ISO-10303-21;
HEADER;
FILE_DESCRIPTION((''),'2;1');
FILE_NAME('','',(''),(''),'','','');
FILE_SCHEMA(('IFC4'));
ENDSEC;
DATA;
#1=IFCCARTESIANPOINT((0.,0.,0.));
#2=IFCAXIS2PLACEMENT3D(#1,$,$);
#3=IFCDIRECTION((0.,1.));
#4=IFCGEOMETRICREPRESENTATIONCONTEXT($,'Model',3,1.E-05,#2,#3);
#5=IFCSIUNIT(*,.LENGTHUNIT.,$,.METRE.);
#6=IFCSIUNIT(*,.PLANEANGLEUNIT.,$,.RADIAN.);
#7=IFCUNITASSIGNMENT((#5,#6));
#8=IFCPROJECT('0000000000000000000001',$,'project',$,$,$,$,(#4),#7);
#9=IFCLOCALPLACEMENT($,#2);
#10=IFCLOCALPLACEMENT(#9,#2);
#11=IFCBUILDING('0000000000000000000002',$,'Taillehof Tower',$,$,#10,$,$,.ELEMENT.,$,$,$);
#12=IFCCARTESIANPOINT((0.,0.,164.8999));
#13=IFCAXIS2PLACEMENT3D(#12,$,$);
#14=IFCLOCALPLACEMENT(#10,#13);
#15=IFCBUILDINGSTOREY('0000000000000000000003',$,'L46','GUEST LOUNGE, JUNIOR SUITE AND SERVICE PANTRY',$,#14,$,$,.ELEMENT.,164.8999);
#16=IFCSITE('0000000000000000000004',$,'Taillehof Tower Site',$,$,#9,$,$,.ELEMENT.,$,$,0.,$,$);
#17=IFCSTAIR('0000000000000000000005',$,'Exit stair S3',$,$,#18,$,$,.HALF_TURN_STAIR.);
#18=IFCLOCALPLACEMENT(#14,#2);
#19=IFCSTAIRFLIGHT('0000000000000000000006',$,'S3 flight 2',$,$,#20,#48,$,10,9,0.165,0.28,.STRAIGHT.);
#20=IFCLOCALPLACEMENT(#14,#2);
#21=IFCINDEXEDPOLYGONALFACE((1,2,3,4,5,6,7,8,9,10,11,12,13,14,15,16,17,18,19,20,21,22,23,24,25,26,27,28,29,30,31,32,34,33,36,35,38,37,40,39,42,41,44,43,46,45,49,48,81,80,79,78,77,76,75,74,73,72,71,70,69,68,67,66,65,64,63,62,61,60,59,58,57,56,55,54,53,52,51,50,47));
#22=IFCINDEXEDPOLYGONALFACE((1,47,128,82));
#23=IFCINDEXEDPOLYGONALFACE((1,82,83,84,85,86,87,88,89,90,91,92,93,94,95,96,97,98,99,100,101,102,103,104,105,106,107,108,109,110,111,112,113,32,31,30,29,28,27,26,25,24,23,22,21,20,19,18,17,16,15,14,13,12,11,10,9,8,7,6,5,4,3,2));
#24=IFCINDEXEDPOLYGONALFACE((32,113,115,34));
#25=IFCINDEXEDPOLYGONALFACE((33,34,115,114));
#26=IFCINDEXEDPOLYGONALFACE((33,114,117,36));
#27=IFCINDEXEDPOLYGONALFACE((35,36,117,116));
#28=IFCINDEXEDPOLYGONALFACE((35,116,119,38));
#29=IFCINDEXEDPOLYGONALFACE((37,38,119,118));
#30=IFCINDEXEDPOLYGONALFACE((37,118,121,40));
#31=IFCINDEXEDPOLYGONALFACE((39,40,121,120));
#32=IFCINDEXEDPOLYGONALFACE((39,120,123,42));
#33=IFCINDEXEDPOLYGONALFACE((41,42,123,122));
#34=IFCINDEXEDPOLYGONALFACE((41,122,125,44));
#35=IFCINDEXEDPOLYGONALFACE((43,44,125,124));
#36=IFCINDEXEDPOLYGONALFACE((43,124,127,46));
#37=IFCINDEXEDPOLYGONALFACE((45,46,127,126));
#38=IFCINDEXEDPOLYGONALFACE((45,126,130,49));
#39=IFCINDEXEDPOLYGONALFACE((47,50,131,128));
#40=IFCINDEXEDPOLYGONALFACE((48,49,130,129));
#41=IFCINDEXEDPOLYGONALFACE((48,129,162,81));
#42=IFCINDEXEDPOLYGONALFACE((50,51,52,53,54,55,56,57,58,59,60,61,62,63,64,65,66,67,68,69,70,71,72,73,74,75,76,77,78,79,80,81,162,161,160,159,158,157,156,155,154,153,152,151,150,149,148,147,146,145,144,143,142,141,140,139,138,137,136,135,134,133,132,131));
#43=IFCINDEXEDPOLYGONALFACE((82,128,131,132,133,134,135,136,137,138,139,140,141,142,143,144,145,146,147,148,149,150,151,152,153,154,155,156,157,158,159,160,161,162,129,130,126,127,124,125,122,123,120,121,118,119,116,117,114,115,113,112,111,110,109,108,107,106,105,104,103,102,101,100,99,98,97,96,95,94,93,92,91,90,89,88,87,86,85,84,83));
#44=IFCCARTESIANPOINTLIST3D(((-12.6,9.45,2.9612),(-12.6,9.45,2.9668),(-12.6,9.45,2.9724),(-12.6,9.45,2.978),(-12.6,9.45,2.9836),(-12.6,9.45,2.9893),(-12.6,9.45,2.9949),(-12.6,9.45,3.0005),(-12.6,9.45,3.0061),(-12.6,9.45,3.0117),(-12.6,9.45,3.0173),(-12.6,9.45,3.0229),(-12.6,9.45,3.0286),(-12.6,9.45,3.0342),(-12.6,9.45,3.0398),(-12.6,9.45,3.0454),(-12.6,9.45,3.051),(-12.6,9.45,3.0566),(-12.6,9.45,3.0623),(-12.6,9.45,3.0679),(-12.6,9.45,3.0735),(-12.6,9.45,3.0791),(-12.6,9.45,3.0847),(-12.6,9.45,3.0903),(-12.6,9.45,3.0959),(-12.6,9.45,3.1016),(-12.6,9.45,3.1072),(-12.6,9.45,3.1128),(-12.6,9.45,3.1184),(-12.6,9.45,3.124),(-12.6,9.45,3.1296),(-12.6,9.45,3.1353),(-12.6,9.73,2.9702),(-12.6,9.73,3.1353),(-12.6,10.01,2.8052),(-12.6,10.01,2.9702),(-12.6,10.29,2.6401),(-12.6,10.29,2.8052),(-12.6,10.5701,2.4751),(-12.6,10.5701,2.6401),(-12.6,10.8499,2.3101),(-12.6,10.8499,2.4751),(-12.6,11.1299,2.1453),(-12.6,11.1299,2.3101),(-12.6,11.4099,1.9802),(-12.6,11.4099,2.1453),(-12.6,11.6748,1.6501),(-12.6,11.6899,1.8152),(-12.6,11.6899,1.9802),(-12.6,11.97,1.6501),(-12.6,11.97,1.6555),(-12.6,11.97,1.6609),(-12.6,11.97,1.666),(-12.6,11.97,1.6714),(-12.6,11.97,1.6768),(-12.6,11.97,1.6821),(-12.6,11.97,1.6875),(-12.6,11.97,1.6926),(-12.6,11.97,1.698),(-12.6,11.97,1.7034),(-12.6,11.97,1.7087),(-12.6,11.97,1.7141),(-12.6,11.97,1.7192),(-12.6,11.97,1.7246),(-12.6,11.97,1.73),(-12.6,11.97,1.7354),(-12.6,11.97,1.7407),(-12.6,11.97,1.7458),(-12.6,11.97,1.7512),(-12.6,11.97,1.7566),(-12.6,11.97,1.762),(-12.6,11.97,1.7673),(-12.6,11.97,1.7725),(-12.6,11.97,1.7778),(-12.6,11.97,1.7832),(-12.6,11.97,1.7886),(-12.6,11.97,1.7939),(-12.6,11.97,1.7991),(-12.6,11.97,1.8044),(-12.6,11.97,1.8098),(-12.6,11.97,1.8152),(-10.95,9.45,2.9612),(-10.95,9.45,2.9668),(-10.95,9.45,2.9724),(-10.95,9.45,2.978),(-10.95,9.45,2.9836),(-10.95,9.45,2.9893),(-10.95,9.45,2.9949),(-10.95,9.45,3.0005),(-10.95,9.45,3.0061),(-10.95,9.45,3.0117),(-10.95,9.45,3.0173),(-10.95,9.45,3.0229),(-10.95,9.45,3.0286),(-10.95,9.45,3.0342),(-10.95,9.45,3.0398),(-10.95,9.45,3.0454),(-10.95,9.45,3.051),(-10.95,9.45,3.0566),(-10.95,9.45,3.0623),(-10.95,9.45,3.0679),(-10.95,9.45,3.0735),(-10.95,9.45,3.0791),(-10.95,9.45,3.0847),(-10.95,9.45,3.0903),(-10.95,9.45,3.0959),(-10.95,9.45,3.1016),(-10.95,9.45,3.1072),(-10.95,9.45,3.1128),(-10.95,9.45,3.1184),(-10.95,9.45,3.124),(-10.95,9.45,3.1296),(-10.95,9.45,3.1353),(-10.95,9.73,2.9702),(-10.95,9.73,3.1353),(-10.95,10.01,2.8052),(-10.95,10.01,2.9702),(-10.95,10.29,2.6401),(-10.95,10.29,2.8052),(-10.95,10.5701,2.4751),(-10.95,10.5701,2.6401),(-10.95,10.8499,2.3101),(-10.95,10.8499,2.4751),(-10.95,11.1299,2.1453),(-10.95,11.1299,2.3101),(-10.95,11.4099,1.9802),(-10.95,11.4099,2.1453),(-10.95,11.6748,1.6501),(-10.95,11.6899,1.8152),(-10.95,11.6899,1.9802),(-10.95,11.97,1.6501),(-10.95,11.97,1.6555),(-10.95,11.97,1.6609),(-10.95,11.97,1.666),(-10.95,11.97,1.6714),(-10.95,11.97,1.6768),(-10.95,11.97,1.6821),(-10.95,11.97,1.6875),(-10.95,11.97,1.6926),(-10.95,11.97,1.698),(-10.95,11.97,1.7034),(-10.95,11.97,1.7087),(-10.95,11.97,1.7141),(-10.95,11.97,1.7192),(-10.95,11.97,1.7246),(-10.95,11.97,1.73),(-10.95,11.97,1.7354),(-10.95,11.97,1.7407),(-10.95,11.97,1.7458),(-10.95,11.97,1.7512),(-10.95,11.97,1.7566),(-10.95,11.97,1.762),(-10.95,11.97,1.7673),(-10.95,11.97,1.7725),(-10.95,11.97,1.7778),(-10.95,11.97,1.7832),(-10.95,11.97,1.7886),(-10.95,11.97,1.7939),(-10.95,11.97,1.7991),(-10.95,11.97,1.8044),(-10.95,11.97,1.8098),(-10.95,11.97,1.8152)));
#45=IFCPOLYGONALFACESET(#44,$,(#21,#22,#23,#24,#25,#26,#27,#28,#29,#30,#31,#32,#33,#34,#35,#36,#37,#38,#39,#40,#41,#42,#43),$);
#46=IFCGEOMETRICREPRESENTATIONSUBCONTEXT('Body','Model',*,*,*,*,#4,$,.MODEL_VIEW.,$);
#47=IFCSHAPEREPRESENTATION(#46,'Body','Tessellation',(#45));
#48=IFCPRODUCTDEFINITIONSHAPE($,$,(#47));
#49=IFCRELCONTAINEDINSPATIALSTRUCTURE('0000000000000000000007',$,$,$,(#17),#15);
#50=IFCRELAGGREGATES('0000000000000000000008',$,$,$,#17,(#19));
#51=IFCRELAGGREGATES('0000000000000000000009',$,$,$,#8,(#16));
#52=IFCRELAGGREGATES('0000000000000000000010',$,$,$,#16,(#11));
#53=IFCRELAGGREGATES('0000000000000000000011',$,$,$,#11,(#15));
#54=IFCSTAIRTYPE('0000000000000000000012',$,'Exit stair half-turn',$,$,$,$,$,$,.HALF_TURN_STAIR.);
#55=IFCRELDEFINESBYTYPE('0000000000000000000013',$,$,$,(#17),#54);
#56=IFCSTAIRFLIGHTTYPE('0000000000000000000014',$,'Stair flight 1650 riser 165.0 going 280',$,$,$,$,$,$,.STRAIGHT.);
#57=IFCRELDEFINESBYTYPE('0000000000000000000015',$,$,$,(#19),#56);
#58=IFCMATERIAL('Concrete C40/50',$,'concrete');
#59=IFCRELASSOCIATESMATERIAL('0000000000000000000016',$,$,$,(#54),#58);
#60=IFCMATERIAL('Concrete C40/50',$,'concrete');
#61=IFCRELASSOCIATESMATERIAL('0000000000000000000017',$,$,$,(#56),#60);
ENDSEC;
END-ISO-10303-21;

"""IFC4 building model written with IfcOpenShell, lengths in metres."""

from ifc_helpers import new_model, si_unit, direction, frame, origin, place, context, subcontext, project, spatial, polyline, outline, extrude, material, type_object, element, aggregate, save


model = new_model("IFC4")

# Units and contexts
model_context = context("Model", 3, precision=1e-05, world=origin(), true_north=direction((0.0, 1.0)))
body_context = subcontext(model_context, "Body", "Model", "MODEL_VIEW")
ifc_project = project(units=[si_unit("LENGTHUNIT", "METRE"), si_unit("PLANEANGLEUNIT", "RADIAN")], contexts=[model_context])

# Site, building, storey
site_placement = place(None, origin())
site = spatial("IfcSite", under=ifc_project, at=site_placement, Name="Taillehof Tower Site", CompositionType="ELEMENT", RefElevation=0.0)
building_placement = place(site_placement, origin())
building = spatial("IfcBuilding", under=site, at=building_placement, Name="Taillehof Tower", CompositionType="ELEMENT")
storey_placement = place(building_placement, frame((0.0, 0.0, 164.8999)))
storey = spatial("IfcBuildingStorey", under=building, at=storey_placement, Name="L46", Description="GUEST LOUNGE, JUNIOR SUITE AND SERVICE PANTRY", CompositionType="ELEMENT", Elevation=164.8999)

# Stair, stair flight
ifc_material_1 = material(Name="Concrete C40/50", Category="concrete")
stair_type = type_object("IfcStairType", Name="Exit stair half-turn", PredefinedType="HALF_TURN_STAIR", material=ifc_material_1)
stair_placement = place(storey_placement, origin())
stair = element("IfcStair", 1, at=stair_placement, inside=storey, type_object=stair_type, Name="Exit stair S3", PredefinedType="HALF_TURN_STAIR")
ifc_material_2 = material(Name="Concrete C40/50", Category="concrete")
stair_flight_type = type_object("IfcStairFlightType", Name="Stair flight 1650 riser 165.0 going 280", PredefinedType="STRAIGHT", material=ifc_material_2)
stair_flight_placement = place(storey_placement, frame((-11.7749, 11.97, 1.6501), z_axis=(0.0, 0.0, 1.0), x_axis=(0.0, -1.0, 0.0)))
stair_flight = element("IfcStairFlight", 2, at=stair_flight_placement, type_object=stair_flight_type, Name="S3 flight 2", NumberOfRisers=10, NumberOfTreads=9, PredefinedType="STRAIGHT", RiserHeight=0.165, TreadLength=0.28, context=body_context, shape_type="SweptSolid", body=[
    extrude(outline(polyline([(0.0, 0.0), (0.0, 0.0054), (0.0, 0.0107), (0.0, 0.0159), (0.0, 0.0212), (0.0, 0.0266), (0.0, 0.032), (0.0, 0.0374), (0.0, 0.0425), (0.0, 0.0479), (0.0, 0.0532), (0.0, 0.0586), (0.0, 0.064), (0.0, 0.0691), (0.0, 0.0745), (0.0, 0.0798), (0.0, 0.0852), (0.0, 0.0906), (0.0, 0.0957), (0.0, 0.1011), (0.0, 0.1064), (0.0, 0.1118), (0.0, 0.1172), (0.0, 0.1223), (0.0, 0.1277), (0.0, 0.1331), (0.0, 0.1384), (0.0, 0.1438), (0.0, 0.1489), (0.0, 0.1543), (0.0, 0.1597), (0.0, 0.165), (0.28, 0.165), (0.28, 0.3301), (0.5601, 0.3301), (0.5601, 0.4951), (0.8401, 0.4951), (0.8401, 0.6599), (1.1201, 0.6599), (1.1201, 0.825), (1.3999, 0.825), (1.3999, 0.99), (1.6799, 0.99), (1.6799, 1.155), (1.96, 1.155), (1.96, 1.3201), (2.24, 1.3201), (2.24, 1.4851), (2.52, 1.4851), (2.52, 1.4795), (2.52, 1.4739), (2.52, 1.4683), (2.52, 1.4626), (2.52, 1.457), (2.52, 1.4514), (2.52, 1.4458), (2.52, 1.4402), (2.52, 1.4346), (2.52, 1.429), (2.52, 1.4233), (2.52, 1.4177), (2.52, 1.4121), (2.52, 1.4065), (2.52, 1.4009), (2.52, 1.3953), (2.52, 1.3896), (2.52, 1.384), (2.52, 1.3784), (2.52, 1.3728), (2.52, 1.3672), (2.52, 1.3616), (2.52, 1.356), (2.52, 1.3503), (2.52, 1.3447), (2.52, 1.3391), (2.52, 1.3335), (2.52, 1.3279), (2.52, 1.3223), (2.52, 1.3167), (2.52, 1.311), (0.2952, 0.0), (0.0, 0.0)])), frame((0.0, 0.825, 0.0), z_axis=(0.0, -1.0, 0.0), x_axis=(1.0, 0.0, 0.0)), (0.0, 0.0, 1.0), 1.65),
])
aggregate(stair, [stair_flight])

save(model, "model.ifc")
